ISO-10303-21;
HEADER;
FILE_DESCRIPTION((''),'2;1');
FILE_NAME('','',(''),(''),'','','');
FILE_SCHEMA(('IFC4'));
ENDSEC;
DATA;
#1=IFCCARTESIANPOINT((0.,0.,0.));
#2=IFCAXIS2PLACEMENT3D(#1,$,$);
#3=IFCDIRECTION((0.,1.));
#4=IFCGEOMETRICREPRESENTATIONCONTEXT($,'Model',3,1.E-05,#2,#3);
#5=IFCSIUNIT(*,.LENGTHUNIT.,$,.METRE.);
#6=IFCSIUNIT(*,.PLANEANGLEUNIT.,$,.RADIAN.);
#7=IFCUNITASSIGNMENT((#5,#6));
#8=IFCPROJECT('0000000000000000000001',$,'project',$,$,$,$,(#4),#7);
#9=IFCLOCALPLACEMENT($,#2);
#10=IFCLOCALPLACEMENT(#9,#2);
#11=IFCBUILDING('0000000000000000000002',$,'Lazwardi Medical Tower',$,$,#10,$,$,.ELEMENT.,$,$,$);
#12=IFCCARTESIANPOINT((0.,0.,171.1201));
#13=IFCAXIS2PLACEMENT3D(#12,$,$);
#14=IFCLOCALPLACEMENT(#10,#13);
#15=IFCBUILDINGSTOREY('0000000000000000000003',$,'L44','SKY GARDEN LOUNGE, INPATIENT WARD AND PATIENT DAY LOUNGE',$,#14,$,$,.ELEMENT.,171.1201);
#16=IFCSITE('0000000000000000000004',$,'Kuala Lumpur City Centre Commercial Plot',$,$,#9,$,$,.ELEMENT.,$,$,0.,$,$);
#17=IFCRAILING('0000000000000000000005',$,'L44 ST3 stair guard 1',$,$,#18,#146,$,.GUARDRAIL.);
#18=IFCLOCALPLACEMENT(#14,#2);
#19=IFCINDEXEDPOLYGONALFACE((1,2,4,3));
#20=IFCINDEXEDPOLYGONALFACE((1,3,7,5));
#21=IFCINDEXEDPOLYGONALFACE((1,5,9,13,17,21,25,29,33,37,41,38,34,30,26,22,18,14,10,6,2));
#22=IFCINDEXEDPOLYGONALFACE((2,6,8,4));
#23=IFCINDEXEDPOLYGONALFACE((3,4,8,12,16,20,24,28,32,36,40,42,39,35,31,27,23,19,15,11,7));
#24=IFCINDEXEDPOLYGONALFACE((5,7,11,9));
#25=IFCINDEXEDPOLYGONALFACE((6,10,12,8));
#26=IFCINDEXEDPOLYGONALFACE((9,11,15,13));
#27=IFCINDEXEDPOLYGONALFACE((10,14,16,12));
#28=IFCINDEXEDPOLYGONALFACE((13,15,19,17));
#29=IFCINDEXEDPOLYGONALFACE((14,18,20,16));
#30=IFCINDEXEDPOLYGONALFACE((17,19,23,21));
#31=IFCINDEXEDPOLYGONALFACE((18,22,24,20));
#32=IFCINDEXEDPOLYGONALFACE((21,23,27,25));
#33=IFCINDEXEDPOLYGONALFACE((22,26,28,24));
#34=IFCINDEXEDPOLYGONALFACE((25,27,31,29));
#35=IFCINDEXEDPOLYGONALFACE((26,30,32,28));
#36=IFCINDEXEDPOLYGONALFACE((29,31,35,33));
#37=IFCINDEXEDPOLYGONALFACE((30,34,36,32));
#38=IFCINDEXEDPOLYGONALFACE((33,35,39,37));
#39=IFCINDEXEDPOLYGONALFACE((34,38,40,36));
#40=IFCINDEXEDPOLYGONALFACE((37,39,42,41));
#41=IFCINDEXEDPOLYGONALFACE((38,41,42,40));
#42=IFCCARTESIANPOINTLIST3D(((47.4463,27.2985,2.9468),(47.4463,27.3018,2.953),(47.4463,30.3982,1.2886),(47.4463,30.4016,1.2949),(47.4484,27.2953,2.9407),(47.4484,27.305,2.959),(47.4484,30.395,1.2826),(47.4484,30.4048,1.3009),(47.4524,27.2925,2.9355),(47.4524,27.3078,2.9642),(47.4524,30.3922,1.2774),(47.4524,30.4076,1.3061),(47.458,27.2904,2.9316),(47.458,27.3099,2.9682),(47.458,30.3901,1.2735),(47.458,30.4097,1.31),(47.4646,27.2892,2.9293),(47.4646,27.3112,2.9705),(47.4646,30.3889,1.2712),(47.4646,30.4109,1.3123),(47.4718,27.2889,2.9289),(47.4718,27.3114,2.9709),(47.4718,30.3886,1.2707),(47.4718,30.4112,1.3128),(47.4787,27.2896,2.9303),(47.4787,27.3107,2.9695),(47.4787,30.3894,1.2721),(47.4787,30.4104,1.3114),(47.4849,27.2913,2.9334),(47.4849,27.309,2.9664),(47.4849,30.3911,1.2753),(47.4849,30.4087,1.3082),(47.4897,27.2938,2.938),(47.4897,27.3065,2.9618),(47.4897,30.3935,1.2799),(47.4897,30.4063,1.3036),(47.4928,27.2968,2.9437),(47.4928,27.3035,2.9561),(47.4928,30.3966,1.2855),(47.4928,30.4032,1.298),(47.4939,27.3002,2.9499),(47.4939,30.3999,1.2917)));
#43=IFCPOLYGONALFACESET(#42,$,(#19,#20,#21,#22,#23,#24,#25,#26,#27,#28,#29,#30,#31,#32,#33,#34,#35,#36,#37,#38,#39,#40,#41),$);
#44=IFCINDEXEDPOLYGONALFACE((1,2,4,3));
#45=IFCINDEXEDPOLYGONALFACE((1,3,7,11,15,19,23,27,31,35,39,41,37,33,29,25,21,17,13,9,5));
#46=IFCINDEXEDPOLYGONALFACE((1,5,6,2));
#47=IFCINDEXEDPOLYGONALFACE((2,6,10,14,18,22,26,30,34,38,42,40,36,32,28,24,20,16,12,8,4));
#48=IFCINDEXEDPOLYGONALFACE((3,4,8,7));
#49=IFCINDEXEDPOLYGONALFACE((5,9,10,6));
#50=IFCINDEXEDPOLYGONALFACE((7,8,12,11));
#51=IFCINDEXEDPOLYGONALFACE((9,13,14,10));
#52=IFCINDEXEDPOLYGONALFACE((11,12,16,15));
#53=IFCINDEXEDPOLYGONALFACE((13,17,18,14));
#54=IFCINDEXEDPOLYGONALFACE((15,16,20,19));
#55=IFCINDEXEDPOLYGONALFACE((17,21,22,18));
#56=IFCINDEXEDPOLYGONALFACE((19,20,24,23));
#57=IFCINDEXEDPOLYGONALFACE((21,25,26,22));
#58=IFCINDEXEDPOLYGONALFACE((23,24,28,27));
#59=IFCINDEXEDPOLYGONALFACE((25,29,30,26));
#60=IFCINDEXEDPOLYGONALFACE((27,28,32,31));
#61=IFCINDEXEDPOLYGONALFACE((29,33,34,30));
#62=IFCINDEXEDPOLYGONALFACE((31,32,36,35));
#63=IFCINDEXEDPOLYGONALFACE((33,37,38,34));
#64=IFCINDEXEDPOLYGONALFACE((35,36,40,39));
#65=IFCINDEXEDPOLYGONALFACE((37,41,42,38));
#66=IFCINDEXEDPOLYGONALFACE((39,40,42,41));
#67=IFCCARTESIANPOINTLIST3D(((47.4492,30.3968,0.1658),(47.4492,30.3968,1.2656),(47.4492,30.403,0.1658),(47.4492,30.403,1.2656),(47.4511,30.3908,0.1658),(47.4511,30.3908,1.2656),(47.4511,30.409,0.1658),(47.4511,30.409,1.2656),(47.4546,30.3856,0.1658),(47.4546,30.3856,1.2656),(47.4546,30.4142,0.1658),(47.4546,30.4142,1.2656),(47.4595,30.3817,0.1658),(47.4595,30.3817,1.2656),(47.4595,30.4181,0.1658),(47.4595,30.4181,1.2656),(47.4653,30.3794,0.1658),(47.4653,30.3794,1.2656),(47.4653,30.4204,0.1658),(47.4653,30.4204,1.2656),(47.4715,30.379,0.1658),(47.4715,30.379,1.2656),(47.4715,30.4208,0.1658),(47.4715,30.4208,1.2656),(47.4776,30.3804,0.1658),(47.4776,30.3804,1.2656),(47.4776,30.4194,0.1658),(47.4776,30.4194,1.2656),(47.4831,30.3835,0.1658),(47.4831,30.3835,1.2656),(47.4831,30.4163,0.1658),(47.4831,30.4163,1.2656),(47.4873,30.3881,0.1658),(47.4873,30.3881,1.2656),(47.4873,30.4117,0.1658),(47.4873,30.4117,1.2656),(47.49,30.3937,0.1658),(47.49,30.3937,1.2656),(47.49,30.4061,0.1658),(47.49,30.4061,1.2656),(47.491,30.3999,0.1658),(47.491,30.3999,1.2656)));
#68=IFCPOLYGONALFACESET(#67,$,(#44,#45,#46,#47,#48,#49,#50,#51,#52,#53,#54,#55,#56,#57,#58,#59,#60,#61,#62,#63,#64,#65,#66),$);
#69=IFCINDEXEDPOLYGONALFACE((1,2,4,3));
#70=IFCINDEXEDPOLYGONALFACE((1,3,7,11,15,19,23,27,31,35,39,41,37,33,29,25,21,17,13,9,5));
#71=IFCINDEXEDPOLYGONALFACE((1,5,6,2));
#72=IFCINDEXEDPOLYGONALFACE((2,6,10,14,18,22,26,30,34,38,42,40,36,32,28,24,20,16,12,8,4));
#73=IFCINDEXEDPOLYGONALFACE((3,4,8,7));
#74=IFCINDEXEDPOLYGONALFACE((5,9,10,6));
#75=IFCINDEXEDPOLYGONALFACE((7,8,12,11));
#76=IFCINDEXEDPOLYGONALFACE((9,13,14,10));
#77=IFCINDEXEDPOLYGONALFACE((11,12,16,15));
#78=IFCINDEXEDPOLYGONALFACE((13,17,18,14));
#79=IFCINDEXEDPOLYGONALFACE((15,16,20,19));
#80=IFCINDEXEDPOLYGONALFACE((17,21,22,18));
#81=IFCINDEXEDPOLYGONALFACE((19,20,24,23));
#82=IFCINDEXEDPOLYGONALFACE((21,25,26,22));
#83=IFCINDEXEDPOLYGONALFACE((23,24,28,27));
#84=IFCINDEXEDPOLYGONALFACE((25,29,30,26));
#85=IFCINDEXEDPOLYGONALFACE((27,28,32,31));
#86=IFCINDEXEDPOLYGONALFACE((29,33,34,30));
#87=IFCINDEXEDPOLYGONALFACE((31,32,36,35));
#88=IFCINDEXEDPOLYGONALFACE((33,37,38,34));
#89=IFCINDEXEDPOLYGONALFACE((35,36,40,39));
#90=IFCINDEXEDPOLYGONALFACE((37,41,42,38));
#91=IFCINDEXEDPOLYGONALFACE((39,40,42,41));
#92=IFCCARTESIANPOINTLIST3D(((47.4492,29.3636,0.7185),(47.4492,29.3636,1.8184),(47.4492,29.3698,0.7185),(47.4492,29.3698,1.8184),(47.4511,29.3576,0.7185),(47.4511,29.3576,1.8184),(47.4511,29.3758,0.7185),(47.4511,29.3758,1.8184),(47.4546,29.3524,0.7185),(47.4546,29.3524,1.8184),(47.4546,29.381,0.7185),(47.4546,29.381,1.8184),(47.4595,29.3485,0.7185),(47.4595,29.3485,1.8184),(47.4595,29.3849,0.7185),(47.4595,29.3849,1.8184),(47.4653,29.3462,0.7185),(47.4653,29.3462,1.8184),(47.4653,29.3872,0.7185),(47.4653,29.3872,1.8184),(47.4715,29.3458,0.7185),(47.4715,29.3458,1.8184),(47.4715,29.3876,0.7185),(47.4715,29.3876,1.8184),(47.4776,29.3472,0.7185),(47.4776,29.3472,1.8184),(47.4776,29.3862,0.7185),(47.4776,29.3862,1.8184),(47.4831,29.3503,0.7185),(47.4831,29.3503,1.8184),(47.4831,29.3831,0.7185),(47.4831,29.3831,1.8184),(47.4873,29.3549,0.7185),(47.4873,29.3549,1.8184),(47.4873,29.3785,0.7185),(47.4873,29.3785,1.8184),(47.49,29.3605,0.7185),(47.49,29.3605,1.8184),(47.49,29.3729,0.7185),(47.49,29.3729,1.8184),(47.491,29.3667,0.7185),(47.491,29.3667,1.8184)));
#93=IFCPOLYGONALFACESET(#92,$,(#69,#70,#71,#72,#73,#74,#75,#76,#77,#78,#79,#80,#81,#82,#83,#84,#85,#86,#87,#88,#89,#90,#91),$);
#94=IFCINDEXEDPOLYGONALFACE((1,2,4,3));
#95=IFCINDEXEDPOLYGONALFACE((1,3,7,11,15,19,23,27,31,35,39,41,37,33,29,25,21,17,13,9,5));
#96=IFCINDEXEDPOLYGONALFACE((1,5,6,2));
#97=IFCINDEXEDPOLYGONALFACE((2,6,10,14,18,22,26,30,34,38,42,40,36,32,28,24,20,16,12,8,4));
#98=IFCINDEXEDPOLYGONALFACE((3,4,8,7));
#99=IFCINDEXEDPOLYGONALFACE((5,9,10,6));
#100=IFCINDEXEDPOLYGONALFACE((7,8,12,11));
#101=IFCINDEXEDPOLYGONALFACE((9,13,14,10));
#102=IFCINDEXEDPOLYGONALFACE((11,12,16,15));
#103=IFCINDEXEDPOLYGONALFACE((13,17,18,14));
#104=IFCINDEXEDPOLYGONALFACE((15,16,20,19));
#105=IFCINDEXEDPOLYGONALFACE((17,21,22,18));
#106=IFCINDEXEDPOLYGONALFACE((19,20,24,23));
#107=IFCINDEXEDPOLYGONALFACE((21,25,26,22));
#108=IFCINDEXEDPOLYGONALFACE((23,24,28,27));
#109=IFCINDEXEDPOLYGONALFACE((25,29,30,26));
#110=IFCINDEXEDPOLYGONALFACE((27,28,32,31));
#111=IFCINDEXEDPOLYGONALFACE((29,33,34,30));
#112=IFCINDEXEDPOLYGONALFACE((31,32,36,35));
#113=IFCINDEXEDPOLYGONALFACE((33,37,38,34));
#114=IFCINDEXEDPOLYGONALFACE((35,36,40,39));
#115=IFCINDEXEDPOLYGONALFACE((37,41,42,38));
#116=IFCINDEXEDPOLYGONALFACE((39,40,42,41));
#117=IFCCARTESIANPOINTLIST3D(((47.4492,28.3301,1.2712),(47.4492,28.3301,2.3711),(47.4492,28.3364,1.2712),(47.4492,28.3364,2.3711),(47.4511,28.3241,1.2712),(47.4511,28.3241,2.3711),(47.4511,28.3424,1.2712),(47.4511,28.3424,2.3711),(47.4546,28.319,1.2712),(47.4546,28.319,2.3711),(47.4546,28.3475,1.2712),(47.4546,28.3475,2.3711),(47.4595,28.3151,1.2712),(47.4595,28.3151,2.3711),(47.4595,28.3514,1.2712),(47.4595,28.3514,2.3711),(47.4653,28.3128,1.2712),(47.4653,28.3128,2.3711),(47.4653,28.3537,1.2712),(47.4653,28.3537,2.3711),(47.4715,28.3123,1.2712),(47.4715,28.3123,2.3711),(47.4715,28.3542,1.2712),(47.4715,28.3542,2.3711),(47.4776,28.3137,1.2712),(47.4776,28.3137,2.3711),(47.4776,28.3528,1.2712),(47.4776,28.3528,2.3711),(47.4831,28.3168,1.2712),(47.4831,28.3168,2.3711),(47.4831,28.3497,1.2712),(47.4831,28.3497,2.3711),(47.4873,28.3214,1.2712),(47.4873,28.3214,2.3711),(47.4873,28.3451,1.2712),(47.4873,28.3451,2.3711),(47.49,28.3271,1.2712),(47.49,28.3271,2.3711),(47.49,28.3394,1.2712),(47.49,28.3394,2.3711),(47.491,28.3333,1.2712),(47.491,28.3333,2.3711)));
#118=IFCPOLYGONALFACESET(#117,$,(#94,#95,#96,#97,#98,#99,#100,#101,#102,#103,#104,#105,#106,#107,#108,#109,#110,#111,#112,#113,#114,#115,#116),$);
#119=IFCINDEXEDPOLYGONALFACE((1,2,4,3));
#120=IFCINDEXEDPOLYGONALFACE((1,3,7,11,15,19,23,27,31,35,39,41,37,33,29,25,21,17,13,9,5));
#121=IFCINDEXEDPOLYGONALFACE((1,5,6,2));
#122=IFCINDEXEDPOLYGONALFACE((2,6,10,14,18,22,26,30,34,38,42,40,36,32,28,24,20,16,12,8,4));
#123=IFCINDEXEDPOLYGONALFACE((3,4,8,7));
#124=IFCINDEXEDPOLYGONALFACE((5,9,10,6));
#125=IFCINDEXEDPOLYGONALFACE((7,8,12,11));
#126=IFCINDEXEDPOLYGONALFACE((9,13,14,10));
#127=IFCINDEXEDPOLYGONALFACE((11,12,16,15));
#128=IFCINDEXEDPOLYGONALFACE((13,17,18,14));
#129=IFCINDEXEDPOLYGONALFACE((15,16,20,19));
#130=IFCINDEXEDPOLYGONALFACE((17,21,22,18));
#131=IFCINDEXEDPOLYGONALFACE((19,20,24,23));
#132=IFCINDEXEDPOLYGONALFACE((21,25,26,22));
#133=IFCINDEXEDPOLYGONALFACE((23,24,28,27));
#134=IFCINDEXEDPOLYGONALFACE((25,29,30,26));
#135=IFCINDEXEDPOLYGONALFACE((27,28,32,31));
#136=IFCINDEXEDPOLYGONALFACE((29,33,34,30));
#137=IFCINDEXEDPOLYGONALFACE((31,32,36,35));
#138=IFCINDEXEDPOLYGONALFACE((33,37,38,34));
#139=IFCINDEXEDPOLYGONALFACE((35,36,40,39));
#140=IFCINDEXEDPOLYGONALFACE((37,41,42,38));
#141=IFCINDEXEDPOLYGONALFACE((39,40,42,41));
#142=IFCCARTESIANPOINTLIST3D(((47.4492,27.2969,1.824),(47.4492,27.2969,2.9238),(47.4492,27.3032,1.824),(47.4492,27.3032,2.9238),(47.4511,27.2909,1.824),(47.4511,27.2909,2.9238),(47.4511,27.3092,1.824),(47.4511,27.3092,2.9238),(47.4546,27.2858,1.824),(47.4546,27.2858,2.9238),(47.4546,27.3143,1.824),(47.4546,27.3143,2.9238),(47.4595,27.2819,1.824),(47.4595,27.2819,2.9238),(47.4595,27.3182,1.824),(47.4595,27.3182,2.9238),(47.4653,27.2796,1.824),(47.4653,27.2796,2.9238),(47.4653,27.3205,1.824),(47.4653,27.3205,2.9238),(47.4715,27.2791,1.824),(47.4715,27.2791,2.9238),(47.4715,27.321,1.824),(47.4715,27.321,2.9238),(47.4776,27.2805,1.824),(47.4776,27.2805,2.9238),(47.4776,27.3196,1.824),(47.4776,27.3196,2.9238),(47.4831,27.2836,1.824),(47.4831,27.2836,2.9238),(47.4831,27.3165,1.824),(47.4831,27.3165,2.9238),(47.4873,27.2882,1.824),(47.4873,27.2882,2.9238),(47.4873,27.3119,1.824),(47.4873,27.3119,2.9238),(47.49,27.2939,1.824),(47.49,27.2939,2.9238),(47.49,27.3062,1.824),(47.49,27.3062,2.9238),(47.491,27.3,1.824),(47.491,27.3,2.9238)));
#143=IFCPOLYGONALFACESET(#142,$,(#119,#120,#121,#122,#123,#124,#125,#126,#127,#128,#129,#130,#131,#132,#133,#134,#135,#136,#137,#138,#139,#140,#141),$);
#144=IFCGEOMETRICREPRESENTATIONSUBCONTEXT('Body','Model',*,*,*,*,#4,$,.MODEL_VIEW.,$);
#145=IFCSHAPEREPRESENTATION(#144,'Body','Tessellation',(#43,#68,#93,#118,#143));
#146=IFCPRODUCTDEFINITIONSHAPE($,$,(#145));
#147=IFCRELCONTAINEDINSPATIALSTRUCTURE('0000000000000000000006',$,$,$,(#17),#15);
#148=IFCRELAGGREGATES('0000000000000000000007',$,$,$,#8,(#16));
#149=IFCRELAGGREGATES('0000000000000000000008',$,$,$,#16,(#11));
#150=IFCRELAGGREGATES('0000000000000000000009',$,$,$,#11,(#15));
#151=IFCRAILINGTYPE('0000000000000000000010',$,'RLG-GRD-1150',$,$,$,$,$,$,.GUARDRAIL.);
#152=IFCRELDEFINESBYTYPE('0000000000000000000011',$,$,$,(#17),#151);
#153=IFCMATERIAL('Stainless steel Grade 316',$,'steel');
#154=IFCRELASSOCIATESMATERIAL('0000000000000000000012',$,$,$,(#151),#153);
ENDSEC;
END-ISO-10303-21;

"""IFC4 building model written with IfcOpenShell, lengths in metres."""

from ifc_helpers import new_model, si_unit, direction, frame, origin, origin_2d, place, context, subcontext, project, spatial, circle, extrude, material, type_object, element, save


model = new_model("IFC4")

# Units and contexts
model_context = context("Model", 3, precision=1e-05, world=origin(), true_north=direction((0.0, 1.0)))
body_context = subcontext(model_context, "Body", "Model", "MODEL_VIEW")
ifc_project = project(units=[si_unit("LENGTHUNIT", "METRE"), si_unit("PLANEANGLEUNIT", "RADIAN")], contexts=[model_context])

# Site, building, storey
site_placement = place(None, origin())
site = spatial("IfcSite", under=ifc_project, at=site_placement, Name="Kuala Lumpur City Centre Commercial Plot", CompositionType="ELEMENT", RefElevation=0.0)
building_placement = place(site_placement, origin())
building = spatial("IfcBuilding", under=site, at=building_placement, Name="Lazwardi Medical Tower", CompositionType="ELEMENT")
storey_placement = place(building_placement, frame((0.0, 0.0, 171.1201)))
storey = spatial("IfcBuildingStorey", under=building, at=storey_placement, Name="L44", Description="SKY GARDEN LOUNGE, INPATIENT WARD AND PATIENT DAY LOUNGE", CompositionType="ELEMENT", Elevation=171.1201)

# Railing
ifc_material_1 = material(Name="Stainless steel Grade 316", Category="steel")
railing_type_1 = type_object("IfcRailingType", Name="RLG-GRD-1150", PredefinedType="GUARDRAIL", material=ifc_material_1)
railing_1_placement = place(storey_placement, frame((47.47, 30.3999, 0.1658)))
element("IfcRailing", 1, at=railing_1_placement, inside=storey, type_object=railing_type_1, Name="L44 ST3 stair guard 1", PredefinedType="GUARDRAIL", context=body_context, shape_type="SweptSolid", body=[
    extrude(circle(Radius=0.0239, at=origin_2d()), frame((0.0, 0.0, 1.126), z_axis=(0.0, -0.881768, 0.471684), x_axis=(1.0, 0.0, 0.0)), (0.0, 0.0, 1.0), 3.5154),
    extrude(circle(Radius=0.021, at=origin_2d()), origin(), (0.0, 0.0, 1.0), 1.0999),
    extrude(circle(Radius=0.021, at=origin_2d()), frame((0.0, -1.0332, 0.5527)), (0.0, 0.0, 1.0), 1.0999),
    extrude(circle(Radius=0.021, at=origin_2d()), frame((0.0, -2.0667, 1.1055)), (0.0, 0.0, 1.0), 1.0999),
    extrude(circle(Radius=0.021, at=origin_2d()), frame((0.0, -3.0999, 1.6582)), (0.0, 0.0, 1.0), 1.0999),
])

save(model, "model.ifc")
